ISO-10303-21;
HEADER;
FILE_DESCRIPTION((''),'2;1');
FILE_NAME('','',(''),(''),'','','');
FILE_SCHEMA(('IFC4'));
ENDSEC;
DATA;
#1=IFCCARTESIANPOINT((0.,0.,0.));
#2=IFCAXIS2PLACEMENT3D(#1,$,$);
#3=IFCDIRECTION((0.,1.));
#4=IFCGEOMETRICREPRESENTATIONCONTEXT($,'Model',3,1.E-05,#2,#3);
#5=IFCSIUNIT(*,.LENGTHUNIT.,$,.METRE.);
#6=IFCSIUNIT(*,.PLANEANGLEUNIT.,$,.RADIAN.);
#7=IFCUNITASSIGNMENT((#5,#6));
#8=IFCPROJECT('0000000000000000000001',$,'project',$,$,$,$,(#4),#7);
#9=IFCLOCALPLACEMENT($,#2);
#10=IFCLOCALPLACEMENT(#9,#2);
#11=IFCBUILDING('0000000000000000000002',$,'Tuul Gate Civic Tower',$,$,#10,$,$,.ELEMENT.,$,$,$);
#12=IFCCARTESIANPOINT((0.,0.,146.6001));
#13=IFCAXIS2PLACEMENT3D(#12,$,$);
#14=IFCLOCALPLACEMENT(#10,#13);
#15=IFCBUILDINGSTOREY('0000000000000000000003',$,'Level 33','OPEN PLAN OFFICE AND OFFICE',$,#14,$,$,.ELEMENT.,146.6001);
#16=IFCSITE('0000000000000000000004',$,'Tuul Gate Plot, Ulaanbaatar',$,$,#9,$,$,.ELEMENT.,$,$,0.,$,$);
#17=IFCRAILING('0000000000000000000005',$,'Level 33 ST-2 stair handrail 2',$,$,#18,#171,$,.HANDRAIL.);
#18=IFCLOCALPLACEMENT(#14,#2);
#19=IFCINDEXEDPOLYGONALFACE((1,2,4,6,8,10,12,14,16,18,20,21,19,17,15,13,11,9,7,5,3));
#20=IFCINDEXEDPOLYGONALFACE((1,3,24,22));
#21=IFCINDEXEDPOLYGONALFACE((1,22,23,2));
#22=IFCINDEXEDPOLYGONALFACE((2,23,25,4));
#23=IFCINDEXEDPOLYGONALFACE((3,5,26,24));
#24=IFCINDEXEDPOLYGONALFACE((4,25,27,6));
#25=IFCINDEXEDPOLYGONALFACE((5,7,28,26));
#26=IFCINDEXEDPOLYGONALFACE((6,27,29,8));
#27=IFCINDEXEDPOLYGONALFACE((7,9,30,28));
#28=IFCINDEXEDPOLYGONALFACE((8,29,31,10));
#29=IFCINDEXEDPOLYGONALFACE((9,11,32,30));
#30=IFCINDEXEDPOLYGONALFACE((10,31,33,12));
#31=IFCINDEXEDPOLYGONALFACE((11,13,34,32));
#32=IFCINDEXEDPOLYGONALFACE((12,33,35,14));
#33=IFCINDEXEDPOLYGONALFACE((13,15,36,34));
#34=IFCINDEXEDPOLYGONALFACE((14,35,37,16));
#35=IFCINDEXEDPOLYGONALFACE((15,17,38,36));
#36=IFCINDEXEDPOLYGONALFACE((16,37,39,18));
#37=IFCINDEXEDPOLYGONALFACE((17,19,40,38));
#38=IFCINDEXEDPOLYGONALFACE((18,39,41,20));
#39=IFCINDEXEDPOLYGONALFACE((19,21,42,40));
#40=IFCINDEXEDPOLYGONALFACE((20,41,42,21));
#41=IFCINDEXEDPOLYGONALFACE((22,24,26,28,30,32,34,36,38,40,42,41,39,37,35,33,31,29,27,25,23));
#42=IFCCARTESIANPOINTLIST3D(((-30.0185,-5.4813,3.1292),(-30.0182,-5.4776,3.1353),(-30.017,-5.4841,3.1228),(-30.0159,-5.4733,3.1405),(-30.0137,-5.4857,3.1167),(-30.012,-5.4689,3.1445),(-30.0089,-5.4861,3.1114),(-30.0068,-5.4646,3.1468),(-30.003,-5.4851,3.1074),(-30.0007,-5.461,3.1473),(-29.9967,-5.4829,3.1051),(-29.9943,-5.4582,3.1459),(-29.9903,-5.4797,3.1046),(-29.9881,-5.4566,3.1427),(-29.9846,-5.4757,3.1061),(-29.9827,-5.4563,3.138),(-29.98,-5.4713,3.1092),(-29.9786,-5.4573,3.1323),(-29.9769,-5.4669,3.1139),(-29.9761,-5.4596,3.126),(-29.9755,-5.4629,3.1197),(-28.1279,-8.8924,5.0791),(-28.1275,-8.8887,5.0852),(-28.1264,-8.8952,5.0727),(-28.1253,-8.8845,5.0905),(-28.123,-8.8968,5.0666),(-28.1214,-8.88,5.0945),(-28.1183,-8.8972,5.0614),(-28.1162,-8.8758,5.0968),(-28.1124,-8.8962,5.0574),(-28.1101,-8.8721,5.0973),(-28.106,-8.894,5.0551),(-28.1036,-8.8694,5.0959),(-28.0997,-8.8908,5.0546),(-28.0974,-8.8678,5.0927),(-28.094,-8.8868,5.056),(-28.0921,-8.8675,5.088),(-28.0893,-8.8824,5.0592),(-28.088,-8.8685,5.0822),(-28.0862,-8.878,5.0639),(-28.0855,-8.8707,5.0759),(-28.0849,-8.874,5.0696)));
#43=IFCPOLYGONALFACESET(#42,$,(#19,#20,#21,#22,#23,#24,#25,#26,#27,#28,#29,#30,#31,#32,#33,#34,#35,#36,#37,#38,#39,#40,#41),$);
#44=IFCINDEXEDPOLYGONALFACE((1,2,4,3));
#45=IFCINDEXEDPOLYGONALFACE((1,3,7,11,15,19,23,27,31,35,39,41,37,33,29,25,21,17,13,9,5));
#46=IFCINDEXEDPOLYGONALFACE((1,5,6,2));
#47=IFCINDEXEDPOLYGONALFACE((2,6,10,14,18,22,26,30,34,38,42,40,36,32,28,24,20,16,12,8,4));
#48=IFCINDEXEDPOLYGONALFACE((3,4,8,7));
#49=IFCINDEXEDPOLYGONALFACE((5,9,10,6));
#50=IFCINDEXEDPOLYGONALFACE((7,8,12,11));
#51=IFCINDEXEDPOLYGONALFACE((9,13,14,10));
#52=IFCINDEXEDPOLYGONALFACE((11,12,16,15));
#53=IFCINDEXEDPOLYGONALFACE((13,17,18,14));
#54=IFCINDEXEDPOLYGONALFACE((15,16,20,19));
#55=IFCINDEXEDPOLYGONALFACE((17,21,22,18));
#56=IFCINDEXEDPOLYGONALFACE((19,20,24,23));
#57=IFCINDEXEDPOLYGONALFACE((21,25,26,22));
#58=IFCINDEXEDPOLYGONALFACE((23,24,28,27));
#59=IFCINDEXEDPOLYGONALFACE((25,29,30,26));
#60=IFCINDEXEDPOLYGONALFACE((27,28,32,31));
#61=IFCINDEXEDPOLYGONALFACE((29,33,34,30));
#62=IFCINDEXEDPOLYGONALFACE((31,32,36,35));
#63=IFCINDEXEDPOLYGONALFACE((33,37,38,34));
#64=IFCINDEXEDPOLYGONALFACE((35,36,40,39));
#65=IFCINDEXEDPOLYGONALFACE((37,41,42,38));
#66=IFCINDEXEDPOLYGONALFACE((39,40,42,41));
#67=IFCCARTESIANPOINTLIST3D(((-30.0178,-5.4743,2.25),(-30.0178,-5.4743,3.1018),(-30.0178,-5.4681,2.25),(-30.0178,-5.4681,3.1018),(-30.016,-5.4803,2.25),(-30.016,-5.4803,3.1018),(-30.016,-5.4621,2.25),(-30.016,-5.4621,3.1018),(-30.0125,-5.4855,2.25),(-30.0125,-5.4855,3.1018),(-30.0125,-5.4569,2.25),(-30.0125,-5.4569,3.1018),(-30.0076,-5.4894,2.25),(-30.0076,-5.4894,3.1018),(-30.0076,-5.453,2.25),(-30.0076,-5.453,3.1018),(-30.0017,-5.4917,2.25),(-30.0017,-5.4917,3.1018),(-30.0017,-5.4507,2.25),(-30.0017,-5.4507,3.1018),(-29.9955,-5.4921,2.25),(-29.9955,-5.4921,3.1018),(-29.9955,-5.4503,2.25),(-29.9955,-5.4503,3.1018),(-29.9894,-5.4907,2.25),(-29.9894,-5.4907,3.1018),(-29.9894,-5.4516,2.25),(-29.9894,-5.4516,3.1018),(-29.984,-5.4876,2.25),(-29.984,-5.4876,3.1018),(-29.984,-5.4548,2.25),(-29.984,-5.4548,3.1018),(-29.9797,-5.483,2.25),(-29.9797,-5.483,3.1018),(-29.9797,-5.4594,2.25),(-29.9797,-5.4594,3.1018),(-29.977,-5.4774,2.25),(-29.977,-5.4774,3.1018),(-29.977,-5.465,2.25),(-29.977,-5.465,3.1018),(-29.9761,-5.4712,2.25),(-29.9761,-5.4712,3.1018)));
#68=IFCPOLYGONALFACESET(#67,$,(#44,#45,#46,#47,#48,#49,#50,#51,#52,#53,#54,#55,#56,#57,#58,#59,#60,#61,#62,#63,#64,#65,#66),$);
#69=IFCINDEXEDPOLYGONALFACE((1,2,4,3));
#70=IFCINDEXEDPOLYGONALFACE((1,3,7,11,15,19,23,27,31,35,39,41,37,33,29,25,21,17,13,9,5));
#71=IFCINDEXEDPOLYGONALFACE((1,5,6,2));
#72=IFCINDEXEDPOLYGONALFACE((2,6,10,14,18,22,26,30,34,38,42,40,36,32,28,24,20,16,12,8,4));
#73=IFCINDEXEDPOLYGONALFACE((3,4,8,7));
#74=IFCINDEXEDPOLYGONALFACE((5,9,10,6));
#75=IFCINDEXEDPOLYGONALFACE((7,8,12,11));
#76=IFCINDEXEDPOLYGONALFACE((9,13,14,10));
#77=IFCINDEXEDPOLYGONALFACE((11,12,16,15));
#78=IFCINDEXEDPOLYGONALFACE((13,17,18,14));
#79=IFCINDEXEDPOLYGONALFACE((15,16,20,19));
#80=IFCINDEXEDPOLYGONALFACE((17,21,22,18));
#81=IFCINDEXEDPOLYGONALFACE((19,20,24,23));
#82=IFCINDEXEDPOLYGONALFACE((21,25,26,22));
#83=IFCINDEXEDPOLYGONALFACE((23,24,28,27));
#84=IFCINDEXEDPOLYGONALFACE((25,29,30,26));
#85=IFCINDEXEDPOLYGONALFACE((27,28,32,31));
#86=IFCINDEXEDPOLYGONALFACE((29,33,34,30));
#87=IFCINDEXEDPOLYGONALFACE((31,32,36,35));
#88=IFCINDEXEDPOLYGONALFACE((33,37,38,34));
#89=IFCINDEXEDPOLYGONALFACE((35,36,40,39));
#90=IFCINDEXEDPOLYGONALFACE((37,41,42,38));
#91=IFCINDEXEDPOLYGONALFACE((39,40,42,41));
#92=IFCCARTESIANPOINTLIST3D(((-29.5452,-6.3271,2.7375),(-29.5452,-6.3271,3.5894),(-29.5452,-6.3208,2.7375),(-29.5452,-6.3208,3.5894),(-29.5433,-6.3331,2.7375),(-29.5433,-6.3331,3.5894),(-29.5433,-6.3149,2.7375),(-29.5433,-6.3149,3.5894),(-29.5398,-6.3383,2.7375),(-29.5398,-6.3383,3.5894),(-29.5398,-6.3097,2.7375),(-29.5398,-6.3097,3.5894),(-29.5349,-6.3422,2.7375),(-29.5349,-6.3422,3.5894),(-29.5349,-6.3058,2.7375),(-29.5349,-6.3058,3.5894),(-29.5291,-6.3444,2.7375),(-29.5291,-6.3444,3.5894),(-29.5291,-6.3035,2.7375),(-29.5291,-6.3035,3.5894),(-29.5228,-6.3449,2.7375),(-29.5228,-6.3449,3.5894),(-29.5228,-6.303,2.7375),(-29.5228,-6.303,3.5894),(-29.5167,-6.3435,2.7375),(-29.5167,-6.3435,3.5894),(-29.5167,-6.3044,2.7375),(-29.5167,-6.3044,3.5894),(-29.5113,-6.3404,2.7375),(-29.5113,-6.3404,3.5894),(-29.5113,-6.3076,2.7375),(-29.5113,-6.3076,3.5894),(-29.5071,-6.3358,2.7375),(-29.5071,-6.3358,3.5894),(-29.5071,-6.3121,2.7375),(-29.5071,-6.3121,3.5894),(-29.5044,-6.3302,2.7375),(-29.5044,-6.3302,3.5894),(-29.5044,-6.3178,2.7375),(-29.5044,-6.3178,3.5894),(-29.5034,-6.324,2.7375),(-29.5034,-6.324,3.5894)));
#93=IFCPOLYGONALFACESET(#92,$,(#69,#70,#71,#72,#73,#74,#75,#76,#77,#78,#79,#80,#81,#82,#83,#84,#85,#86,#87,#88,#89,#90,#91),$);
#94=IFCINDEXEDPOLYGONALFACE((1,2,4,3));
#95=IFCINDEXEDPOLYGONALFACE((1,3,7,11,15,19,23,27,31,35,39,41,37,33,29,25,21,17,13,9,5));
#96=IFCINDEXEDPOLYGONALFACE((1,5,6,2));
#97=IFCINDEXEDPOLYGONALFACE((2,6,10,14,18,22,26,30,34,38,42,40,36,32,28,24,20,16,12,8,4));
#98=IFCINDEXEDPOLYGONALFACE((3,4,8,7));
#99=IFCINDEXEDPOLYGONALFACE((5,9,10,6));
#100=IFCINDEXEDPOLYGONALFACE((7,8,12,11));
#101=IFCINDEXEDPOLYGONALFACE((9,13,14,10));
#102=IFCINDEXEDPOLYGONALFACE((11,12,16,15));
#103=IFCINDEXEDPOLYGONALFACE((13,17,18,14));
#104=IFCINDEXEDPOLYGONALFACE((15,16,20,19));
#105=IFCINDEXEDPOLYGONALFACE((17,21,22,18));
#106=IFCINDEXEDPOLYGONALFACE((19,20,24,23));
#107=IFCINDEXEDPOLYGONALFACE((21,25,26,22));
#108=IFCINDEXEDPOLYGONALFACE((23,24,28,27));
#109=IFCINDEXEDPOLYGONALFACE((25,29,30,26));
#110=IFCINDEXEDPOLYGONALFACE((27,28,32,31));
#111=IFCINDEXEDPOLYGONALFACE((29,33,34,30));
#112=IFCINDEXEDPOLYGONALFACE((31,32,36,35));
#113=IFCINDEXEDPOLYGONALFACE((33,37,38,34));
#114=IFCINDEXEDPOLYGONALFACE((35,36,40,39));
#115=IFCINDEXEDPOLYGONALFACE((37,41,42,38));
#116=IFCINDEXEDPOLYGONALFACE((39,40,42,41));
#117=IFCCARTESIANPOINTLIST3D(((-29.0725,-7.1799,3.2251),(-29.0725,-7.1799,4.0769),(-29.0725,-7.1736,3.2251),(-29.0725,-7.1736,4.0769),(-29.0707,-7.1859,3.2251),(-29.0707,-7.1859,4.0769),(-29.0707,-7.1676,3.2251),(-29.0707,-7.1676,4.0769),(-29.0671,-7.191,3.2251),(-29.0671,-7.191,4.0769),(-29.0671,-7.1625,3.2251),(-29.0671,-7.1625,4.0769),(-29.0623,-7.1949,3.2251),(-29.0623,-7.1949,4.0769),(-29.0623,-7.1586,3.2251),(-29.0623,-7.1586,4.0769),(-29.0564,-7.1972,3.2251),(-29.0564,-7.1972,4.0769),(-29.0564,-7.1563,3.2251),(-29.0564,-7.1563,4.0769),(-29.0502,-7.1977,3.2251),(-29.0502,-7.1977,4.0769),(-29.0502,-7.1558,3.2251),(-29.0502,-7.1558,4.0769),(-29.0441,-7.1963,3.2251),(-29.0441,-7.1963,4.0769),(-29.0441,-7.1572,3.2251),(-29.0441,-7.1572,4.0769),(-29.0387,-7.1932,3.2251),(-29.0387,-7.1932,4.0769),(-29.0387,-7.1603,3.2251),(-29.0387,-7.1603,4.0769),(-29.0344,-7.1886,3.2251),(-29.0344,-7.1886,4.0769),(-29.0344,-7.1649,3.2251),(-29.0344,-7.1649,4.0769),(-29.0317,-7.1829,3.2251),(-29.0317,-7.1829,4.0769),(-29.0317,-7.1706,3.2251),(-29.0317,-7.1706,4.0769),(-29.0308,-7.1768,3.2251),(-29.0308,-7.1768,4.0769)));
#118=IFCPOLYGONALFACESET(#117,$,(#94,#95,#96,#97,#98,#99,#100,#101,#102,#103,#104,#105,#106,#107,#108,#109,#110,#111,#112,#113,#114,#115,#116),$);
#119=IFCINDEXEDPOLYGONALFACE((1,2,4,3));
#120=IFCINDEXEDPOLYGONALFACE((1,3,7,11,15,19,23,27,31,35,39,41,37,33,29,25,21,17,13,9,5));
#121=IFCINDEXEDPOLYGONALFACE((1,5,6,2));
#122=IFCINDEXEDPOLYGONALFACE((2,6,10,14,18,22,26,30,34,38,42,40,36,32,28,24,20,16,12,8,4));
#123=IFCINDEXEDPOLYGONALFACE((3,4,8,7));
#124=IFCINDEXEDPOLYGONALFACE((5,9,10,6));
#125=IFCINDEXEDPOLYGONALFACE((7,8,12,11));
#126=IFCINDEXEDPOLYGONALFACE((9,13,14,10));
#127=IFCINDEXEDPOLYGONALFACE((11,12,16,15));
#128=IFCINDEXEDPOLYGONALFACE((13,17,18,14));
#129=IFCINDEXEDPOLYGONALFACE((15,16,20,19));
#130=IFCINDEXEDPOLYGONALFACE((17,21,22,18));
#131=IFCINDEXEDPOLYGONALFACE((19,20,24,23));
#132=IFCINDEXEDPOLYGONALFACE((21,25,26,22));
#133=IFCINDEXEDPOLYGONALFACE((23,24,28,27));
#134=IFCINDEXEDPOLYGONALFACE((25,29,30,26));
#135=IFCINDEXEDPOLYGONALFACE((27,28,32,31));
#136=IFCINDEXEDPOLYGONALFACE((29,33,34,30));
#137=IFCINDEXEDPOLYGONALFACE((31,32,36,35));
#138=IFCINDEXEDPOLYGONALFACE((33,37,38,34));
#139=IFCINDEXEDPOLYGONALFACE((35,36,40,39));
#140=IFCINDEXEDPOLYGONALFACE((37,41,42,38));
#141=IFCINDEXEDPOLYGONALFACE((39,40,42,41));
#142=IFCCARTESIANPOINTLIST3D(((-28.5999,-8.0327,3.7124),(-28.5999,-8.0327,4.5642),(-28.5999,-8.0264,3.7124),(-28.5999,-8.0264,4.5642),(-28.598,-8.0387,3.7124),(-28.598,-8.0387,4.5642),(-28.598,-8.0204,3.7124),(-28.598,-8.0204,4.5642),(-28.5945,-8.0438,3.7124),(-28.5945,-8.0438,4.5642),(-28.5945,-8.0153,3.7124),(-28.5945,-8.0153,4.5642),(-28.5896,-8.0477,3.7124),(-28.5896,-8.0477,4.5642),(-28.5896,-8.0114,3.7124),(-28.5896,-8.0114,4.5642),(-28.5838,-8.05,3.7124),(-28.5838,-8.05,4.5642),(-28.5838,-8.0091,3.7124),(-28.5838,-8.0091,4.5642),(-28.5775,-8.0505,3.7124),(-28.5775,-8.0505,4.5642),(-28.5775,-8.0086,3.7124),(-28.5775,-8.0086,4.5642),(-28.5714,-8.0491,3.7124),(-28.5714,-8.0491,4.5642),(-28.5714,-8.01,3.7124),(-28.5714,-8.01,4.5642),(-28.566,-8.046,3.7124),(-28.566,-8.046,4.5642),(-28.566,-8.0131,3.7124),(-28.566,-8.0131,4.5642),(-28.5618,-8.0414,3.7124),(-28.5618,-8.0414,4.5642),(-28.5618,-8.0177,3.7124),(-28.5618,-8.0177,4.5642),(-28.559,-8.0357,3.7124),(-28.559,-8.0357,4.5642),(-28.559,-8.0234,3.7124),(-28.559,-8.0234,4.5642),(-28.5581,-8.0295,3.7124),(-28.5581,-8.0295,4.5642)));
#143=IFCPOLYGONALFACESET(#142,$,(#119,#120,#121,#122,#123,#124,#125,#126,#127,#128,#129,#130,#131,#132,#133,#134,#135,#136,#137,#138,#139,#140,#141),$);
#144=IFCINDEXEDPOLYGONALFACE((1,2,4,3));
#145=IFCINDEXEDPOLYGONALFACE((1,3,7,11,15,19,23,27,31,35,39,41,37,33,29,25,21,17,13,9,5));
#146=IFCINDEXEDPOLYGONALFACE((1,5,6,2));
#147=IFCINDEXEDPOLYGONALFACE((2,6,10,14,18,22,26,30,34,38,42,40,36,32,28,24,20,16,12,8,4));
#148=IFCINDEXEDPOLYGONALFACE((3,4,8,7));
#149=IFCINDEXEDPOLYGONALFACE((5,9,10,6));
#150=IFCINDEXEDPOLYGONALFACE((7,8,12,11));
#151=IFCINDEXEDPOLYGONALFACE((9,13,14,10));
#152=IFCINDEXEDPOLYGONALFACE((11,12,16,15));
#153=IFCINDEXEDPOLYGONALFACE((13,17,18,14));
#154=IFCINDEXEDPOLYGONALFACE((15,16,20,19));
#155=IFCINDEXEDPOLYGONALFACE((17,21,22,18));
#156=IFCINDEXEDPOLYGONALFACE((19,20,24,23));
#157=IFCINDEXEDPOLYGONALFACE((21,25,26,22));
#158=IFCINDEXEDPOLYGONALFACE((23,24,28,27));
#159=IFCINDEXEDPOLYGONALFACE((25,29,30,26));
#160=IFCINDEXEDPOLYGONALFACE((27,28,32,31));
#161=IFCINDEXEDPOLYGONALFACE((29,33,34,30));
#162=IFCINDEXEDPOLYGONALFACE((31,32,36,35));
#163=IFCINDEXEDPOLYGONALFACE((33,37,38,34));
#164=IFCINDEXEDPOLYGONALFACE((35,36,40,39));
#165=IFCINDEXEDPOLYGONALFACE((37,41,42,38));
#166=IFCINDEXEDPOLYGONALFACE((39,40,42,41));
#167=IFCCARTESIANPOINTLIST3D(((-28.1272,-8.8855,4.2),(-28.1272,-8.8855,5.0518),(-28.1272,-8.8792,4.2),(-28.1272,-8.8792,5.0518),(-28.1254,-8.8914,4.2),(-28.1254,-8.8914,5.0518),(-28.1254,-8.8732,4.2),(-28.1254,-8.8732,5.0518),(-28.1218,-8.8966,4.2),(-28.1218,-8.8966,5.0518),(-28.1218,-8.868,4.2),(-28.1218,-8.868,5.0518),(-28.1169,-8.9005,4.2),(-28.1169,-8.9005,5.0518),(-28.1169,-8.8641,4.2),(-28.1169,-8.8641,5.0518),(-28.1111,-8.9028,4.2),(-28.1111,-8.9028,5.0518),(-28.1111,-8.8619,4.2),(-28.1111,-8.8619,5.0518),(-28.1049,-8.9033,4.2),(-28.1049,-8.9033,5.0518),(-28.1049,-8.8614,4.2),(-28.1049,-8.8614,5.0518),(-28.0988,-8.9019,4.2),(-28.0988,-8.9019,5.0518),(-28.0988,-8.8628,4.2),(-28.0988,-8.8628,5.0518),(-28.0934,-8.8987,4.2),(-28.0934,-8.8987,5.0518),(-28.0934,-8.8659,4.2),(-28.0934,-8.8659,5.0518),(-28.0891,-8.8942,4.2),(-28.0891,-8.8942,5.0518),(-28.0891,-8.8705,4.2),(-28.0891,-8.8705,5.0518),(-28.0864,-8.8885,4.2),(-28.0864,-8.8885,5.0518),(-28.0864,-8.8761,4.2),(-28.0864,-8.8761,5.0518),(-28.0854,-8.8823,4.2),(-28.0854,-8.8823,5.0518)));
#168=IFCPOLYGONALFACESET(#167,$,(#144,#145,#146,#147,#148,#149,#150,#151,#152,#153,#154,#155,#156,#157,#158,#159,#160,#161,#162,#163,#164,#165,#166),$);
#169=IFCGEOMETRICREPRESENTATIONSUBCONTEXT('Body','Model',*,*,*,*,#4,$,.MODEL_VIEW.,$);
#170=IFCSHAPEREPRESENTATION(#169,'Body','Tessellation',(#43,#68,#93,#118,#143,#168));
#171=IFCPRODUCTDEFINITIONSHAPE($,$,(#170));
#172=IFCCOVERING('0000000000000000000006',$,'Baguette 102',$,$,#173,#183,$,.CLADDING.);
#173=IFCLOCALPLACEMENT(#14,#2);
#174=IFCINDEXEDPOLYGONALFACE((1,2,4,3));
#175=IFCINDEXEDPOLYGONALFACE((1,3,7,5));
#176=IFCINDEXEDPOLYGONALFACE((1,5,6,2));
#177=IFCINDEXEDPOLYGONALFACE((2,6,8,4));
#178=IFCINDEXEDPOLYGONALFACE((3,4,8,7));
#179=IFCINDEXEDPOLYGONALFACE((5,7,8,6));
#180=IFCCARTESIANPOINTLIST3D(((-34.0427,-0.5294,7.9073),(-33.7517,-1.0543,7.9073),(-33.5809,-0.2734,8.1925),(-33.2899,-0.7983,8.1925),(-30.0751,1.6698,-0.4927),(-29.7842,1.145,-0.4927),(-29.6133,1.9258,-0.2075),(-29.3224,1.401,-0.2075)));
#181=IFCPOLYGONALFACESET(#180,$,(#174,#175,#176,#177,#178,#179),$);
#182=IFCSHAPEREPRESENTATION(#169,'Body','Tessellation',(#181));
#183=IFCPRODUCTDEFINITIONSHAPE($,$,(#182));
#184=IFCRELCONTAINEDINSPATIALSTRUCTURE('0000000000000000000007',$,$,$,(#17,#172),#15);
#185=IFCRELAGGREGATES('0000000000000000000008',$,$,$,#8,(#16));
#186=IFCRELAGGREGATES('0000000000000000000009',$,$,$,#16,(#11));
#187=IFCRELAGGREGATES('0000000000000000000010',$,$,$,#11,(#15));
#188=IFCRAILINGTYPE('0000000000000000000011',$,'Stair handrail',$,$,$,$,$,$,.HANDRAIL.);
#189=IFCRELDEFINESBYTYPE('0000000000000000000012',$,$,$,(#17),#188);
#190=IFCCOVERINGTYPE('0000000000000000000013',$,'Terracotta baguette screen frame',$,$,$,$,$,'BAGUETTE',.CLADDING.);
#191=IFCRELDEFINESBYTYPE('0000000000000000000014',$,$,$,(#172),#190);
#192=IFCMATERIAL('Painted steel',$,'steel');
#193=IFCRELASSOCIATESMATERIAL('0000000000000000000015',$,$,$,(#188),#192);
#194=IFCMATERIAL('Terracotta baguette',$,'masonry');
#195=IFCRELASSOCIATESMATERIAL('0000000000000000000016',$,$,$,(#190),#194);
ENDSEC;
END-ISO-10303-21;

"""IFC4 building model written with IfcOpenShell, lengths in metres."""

from ifc_helpers import new_model, si_unit, direction, frame, origin, origin_2d, place, context, subcontext, project, spatial, rectangle, circle, extrude, material, material_profile, profile_set, type_object, element, save


model = new_model("IFC4")

# Units and contexts
model_context = context("Model", 3, precision=1e-05, world=origin(), true_north=direction((0.0, 1.0)))
body_context = subcontext(model_context, "Body", "Model", "MODEL_VIEW")
ifc_project = project(units=[si_unit("LENGTHUNIT", "METRE"), si_unit("PLANEANGLEUNIT", "RADIAN")], contexts=[model_context])

# Site, building, storey
site_placement = place(None, origin())
site = spatial("IfcSite", under=ifc_project, at=site_placement, Name="Tuul Gate Plot, Ulaanbaatar", CompositionType="ELEMENT", RefElevation=0.0)
building_placement = place(site_placement, origin())
building = spatial("IfcBuilding", under=site, at=building_placement, Name="Tuul Gate Civic Tower", CompositionType="ELEMENT")
storey_placement = place(building_placement, frame((0.0, 0.0, 146.6001)))
storey = spatial("IfcBuildingStorey", under=building, at=storey_placement, Name="Level 33", Description="OPEN PLAN OFFICE AND OFFICE", CompositionType="ELEMENT", Elevation=146.6001)

# Railing
ifc_material_1 = material(Name="Painted steel", Category="steel")
railing_type_1 = type_object("IfcRailingType", Name="Stair handrail", PredefinedType="HANDRAIL", material=ifc_material_1)
railing_1_placement = place(storey_placement, frame((-29.9971, -5.4712, 2.25)))
element("IfcRailing", 1, at=railing_1_placement, inside=storey, type_object=railing_type_1, Name="Level 33 ST-2 stair handrail 2", PredefinedType="HANDRAIL", context=body_context, shape_type="SweptSolid", body=[
    extrude(circle(Radius=0.0239, at=origin_2d()), frame((0.0, 0.0, 0.876), z_axis=(0.433595, -0.782308, 0.447201), x_axis=(0.874641, 0.484771, 0.0)), (0.0, 0.0, 1.0), 4.3604),
    extrude(circle(Radius=0.021, at=origin_2d()), origin(), (0.0, 0.0, 1.0), 0.8518),
    extrude(circle(Radius=0.021, at=origin_2d()), frame((0.4727, -0.8528, 0.4875)), (0.0, 0.0, 1.0), 0.8518),
    extrude(circle(Radius=0.021, at=origin_2d()), frame((0.9453, -1.7056, 0.9751)), (0.0, 0.0, 1.0), 0.8518),
    extrude(circle(Radius=0.021, at=origin_2d()), frame((1.418, -2.5583, 1.4624)), (0.0, 0.0, 1.0), 0.8518),
    extrude(circle(Radius=0.021, at=origin_2d()), frame((1.8906, -3.4111, 1.95)), (0.0, 0.0, 1.0), 0.8518),
])

# Covering
ifc_material_2 = material(Name="Terracotta baguette", Category="masonry")
ifc_material_profile = material_profile(ifc_material_2, rectangle(XDim=0.6001, YDim=0.6001, at=origin_2d()), Name="Terracotta baguette screen frame")
ifc_profile_set = profile_set([ifc_material_profile], Name="Terracotta baguette")
covering_type = type_object("IfcCoveringType", Name="Terracotta baguette screen frame", ElementType="BAGUETTE", PredefinedType="CLADDING", material=ifc_profile_set)
covering_placement = place(storey_placement, frame((-29.6987, 1.5354, -0.3501), z_axis=(-0.415599, -0.230368, 0.879891), x_axis=(0.484806, -0.874621, 0.0)))
element("IfcCovering", 2, at=covering_placement, inside=storey, type_object=covering_type, Name="Baguette 102", PredefinedType="CLADDING", context=body_context, shape_type="SweptSolid", body=[
    extrude(rectangle(XDim=0.6001, YDim=0.6001, at=origin_2d()), origin(), (0.0, 0.0, 1.0), 9.5466),
])

save(model, "model.ifc")
